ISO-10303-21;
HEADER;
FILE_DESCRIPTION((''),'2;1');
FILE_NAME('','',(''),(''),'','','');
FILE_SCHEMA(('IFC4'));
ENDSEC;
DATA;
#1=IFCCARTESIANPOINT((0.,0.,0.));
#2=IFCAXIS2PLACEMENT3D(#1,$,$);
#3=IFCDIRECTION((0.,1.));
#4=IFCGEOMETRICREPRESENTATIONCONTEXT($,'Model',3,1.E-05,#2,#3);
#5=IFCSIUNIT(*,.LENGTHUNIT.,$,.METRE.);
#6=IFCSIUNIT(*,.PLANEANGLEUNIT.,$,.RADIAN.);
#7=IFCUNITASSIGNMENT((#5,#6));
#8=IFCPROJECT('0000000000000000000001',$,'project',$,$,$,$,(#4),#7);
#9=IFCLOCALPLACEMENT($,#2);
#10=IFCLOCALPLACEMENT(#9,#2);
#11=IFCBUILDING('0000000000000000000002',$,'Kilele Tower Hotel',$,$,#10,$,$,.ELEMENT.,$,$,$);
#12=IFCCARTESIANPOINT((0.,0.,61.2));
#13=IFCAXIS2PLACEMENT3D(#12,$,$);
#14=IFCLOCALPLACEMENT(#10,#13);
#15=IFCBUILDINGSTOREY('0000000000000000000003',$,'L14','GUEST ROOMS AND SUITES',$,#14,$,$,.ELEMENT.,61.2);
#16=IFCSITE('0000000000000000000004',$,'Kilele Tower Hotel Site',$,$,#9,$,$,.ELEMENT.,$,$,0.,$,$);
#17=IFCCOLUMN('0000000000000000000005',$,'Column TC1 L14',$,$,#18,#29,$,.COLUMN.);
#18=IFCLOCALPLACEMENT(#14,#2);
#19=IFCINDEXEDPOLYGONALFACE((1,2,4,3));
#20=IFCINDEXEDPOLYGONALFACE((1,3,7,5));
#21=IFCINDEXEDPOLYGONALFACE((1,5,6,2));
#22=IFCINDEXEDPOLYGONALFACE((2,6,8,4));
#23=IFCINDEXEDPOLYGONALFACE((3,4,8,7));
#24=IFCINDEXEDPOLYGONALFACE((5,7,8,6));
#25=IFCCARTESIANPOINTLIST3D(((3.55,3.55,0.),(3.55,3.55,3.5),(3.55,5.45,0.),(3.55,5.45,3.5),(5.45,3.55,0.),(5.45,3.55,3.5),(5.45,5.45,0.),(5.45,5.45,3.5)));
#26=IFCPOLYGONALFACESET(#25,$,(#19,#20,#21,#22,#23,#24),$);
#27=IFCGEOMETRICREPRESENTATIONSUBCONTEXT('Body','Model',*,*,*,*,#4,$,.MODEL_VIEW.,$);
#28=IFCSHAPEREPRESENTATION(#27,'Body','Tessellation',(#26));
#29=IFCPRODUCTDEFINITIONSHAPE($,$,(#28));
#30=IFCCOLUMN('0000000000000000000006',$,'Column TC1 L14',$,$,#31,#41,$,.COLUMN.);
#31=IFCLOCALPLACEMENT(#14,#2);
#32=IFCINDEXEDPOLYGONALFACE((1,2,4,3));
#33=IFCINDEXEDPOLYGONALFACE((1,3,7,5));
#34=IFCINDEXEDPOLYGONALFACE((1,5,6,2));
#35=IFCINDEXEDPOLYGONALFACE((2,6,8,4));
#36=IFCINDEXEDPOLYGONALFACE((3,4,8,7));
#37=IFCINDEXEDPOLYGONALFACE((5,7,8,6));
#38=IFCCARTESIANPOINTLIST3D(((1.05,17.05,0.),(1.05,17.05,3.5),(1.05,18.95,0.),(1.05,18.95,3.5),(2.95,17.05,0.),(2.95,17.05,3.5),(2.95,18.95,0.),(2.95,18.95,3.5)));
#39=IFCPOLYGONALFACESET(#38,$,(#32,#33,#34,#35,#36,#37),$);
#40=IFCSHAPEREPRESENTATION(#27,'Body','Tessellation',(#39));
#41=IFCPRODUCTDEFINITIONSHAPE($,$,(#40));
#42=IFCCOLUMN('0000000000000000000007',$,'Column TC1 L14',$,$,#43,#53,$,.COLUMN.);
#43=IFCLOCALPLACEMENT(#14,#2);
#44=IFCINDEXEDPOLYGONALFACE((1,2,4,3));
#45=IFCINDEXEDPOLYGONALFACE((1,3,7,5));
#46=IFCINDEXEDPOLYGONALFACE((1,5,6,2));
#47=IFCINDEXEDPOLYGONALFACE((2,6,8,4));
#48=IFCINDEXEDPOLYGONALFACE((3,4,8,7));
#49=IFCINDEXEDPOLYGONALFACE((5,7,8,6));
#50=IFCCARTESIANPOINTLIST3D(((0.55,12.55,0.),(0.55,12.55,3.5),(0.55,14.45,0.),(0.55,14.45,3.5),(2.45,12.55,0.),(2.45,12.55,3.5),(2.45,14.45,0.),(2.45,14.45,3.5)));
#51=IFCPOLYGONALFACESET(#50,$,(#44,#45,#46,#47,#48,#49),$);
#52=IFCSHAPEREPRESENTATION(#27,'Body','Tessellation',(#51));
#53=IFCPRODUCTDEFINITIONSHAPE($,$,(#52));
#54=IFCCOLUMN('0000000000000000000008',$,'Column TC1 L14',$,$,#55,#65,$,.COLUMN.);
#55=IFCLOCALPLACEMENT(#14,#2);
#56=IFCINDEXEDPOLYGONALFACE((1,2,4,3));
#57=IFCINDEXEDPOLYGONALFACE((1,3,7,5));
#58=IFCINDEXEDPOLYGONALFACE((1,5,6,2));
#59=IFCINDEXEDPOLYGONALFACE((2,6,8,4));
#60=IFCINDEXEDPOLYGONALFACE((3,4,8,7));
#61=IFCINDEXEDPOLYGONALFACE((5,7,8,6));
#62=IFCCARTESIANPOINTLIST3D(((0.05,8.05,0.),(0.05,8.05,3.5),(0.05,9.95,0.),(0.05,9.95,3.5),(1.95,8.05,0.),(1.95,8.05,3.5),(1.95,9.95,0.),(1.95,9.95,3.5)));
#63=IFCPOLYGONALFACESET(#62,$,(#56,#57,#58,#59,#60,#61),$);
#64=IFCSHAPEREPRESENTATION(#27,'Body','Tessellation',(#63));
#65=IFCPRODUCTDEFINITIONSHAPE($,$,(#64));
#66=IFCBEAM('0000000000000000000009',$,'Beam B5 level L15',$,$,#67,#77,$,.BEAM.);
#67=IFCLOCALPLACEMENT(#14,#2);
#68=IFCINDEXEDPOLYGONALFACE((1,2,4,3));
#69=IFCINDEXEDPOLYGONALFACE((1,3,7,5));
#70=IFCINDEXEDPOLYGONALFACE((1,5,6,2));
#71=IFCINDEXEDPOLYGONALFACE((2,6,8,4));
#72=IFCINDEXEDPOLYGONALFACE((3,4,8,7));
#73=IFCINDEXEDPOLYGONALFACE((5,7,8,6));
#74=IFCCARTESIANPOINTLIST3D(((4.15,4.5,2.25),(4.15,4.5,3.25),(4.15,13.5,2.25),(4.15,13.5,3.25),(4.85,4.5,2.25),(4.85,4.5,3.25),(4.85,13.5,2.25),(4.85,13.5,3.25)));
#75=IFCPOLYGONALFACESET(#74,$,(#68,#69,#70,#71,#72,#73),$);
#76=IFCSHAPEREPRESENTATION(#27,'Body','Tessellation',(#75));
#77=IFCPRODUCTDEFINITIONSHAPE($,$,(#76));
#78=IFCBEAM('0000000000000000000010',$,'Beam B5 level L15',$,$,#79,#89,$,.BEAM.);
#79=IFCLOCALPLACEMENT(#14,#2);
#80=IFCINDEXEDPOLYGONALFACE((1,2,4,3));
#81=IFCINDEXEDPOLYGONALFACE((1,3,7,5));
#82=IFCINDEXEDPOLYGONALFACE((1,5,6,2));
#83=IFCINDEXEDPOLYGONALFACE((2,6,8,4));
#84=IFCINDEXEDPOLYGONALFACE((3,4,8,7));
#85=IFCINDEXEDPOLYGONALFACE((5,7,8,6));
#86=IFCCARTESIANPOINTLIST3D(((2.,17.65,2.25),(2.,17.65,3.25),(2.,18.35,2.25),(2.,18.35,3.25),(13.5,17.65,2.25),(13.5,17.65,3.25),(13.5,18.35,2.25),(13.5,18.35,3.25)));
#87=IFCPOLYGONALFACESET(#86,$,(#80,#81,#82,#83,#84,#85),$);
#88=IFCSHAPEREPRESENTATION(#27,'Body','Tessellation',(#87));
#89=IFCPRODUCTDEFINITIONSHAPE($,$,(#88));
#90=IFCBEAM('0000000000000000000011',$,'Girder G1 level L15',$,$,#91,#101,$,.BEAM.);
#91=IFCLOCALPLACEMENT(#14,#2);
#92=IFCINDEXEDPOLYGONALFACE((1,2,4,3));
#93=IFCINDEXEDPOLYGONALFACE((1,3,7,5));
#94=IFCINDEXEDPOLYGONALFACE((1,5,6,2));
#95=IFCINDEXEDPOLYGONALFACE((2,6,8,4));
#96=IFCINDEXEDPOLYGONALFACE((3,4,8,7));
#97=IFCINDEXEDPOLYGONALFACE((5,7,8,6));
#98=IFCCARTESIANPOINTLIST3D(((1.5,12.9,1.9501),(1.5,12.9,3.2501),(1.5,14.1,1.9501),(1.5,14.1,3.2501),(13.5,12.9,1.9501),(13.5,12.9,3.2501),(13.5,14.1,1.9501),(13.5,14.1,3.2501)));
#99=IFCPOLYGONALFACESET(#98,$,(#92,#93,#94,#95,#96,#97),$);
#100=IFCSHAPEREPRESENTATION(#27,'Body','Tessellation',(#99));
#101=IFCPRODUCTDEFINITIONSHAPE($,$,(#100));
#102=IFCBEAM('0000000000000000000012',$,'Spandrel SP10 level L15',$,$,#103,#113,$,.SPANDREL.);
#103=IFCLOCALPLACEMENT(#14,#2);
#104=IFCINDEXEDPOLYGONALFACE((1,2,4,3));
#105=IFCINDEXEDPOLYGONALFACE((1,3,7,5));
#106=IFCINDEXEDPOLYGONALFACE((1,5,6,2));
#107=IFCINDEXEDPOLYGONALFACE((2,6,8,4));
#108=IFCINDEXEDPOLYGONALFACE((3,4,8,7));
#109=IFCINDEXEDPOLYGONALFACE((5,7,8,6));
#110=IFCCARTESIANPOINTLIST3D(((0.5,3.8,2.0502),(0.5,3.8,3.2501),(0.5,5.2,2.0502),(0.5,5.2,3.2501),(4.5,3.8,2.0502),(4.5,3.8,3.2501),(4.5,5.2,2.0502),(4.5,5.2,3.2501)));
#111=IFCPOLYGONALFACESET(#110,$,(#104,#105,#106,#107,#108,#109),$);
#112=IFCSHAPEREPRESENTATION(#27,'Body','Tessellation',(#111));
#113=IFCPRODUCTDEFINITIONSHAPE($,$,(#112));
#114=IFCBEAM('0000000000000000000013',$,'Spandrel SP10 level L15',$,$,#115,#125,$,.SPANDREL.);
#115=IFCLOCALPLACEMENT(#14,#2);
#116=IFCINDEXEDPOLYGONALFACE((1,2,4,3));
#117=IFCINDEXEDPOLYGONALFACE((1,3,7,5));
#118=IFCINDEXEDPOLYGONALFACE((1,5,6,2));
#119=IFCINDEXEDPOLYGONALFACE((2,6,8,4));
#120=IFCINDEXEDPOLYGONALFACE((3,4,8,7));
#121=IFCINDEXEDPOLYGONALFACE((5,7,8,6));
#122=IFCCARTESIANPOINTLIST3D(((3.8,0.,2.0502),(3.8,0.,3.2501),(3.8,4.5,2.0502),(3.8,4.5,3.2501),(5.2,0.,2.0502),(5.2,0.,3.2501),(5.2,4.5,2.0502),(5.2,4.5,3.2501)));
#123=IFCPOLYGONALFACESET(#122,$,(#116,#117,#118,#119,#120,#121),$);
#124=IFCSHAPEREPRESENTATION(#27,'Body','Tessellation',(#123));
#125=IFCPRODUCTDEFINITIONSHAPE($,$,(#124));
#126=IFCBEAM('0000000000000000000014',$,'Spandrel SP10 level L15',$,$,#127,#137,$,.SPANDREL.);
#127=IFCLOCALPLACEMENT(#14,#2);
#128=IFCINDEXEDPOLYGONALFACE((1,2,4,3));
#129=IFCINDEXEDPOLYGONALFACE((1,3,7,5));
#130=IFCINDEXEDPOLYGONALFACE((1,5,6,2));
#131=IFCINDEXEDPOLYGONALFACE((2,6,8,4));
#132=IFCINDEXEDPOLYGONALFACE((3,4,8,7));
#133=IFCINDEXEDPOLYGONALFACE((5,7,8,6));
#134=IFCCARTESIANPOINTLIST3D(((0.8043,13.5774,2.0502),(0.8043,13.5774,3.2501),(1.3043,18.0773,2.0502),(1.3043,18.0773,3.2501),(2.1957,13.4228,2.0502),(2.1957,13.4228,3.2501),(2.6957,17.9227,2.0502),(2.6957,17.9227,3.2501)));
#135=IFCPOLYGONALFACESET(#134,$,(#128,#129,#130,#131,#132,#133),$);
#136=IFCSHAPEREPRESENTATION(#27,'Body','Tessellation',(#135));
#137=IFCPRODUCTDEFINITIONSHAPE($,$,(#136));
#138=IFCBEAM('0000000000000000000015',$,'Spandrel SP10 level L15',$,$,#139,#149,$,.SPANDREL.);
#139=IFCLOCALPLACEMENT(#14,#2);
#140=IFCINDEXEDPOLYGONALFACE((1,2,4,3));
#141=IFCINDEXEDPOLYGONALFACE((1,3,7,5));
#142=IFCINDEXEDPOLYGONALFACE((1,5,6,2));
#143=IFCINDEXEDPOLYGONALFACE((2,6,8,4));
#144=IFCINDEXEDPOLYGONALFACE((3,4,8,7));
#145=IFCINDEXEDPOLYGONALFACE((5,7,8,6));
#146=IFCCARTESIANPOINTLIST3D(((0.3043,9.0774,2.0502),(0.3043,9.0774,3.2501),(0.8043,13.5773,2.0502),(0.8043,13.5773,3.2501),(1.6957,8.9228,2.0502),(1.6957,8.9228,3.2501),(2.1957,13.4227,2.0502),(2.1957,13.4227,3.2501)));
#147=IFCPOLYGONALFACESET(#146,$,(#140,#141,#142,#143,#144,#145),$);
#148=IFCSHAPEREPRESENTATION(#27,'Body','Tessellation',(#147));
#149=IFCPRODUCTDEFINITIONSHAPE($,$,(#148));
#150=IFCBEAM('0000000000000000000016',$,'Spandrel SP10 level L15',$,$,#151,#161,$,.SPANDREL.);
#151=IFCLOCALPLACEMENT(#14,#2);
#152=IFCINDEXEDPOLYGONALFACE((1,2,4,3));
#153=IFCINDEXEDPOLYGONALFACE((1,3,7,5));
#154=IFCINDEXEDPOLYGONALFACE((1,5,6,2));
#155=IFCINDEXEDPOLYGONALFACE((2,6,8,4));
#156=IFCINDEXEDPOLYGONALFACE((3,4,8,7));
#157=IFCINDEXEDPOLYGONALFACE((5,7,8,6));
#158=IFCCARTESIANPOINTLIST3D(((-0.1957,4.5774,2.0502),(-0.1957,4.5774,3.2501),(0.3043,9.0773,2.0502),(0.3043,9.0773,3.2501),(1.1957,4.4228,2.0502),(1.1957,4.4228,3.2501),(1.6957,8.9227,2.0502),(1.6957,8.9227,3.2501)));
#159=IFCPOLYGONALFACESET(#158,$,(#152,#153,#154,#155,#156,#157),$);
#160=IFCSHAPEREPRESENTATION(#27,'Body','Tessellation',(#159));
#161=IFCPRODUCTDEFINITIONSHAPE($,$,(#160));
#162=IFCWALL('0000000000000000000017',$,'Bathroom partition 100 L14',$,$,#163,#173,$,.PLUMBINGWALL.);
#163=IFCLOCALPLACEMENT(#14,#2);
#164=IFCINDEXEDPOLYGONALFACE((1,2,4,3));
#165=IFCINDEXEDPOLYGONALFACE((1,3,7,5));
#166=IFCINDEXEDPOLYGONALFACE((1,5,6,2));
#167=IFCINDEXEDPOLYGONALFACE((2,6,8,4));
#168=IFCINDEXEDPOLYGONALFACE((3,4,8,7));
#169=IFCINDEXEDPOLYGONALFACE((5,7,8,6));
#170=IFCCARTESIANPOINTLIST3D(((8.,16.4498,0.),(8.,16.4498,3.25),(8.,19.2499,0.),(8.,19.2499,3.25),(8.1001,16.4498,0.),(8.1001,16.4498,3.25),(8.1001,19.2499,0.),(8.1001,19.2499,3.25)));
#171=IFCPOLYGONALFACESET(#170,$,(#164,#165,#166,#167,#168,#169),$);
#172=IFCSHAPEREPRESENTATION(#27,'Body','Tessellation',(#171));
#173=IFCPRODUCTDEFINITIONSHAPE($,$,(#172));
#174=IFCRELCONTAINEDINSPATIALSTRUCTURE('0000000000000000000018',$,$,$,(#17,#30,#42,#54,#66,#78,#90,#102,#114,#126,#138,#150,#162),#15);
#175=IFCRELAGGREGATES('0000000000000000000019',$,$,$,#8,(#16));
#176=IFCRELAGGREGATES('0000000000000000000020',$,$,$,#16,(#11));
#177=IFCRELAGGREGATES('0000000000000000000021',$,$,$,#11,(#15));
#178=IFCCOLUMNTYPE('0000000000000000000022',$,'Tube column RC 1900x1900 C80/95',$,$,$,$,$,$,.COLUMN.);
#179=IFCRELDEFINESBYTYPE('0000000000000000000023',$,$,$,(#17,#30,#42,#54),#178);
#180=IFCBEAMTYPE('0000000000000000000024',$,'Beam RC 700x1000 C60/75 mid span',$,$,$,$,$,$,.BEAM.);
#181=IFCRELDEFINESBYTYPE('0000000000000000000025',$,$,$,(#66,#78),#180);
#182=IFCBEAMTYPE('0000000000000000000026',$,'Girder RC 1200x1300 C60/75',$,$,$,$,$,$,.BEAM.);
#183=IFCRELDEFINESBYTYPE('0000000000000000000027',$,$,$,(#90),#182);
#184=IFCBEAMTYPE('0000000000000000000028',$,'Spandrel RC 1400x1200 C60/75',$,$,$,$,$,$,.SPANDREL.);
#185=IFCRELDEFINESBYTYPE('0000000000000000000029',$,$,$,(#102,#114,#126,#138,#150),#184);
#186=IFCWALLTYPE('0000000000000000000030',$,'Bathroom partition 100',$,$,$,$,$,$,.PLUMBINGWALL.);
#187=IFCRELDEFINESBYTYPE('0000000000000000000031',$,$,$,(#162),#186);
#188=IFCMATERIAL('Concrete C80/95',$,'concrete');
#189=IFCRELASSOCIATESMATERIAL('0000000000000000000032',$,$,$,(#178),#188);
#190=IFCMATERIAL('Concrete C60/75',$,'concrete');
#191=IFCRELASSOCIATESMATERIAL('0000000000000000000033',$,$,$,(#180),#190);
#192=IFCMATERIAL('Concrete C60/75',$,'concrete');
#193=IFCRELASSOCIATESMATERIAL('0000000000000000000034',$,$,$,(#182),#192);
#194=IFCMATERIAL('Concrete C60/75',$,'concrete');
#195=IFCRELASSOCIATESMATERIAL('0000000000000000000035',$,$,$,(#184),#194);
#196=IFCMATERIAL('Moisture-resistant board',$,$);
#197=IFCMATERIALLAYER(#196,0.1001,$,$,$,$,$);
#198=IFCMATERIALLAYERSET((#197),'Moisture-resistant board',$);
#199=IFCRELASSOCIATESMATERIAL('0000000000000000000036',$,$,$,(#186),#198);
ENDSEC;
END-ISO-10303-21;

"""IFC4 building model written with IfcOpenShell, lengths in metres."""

from ifc_helpers import new_model, si_unit, direction, frame, frame_2d, origin, origin_2d, place, context, subcontext, project, spatial, rectangle, extrude, material, layer, layer_set, material_profile, profile_set, type_object, element, save


model = new_model("IFC4")

# Units and contexts
model_context = context("Model", 3, precision=1e-05, world=origin(), true_north=direction((0.0, 1.0)))
body_context = subcontext(model_context, "Body", "Model", "MODEL_VIEW")
ifc_project = project(units=[si_unit("LENGTHUNIT", "METRE"), si_unit("PLANEANGLEUNIT", "RADIAN")], contexts=[model_context])

# Site, building, storey
site_placement = place(None, origin())
site = spatial("IfcSite", under=ifc_project, at=site_placement, Name="Kilele Tower Hotel Site", CompositionType="ELEMENT", RefElevation=0.0)
building_placement = place(site_placement, origin())
building = spatial("IfcBuilding", under=site, at=building_placement, Name="Kilele Tower Hotel", CompositionType="ELEMENT")
storey_placement = place(building_placement, frame((0.0, 0.0, 61.2)))
storey = spatial("IfcBuildingStorey", under=building, at=storey_placement, Name="L14", Description="GUEST ROOMS AND SUITES", CompositionType="ELEMENT", Elevation=61.2)

# Columns
ifc_material_1 = material(Name="Concrete C80/95", Category="concrete")
ifc_material_profile_1 = material_profile(ifc_material_1, rectangle(XDim=1.8999, YDim=1.8999, at=origin_2d()))
ifc_profile_set_1 = profile_set([ifc_material_profile_1], Name="Concrete C80/95")
column_type = type_object("IfcColumnType", Name="Tube column RC 1900x1900 C80/95", PredefinedType="COLUMN", material=ifc_profile_set_1)
for number, where, z_axis, x_axis, name in (
    (1, (4.5, 4.5, 0.0), (0.0, 0.0, 1.0), (1.0, 0.0, 0.0), "Column TC1 L14"),
    (2, (2.0, 18.0, 0.0), (0.0, 0.0, 1.0), (1.0, 0.0, 0.0), "Column TC1 L14"),
    (3, (1.5, 13.5, 0.0), (0.0, 0.0, 1.0), (1.0, 0.0, 0.0), "Column TC1 L14"),
    (4, (1.0, 9.0, 0.0), (0.0, 0.0, 1.0), (1.0, 0.0, 0.0), "Column TC1 L14"),
):
    element("IfcColumn", number, at=place(storey_placement, frame(where, z_axis=z_axis, x_axis=x_axis)), inside=storey, type_object=column_type, Name=name, PredefinedType="COLUMN", context=body_context, shape_type="SweptSolid", body=[
        extrude(rectangle(XDim=1.8999, YDim=1.8999, at=origin_2d()), origin(), (0.0, 0.0, 1.0), 3.5),
    ])

# Beams
ifc_material_2 = material(Name="Concrete C60/75", Category="concrete")
ifc_material_profile_2 = material_profile(ifc_material_2, rectangle(XDim=0.7, YDim=1.0, at=origin_2d()))
ifc_profile_set_2 = profile_set([ifc_material_profile_2], Name="Concrete C60/75")
beam_type_1 = type_object("IfcBeamType", Name="Beam RC 700x1000 C60/75 mid span", PredefinedType="BEAM", material=ifc_profile_set_2)
beam_1_placement = place(storey_placement, frame((4.5, 4.5, 2.75), z_axis=(0.0, 1.0, 0.0), x_axis=(-1.0, 0.0, 0.0)))
element("IfcBeam", 5, at=beam_1_placement, inside=storey, type_object=beam_type_1, Name="Beam B5 level L15", PredefinedType="BEAM", context=body_context, shape_type="SweptSolid", body=[
    extrude(rectangle(XDim=0.7, YDim=1.0, at=origin_2d()), origin(), (0.0, 0.0, 1.0), 9.0),
])
beam_2_placement = place(storey_placement, frame((2.0, 18.0, 2.75), z_axis=(1.0, 0.0, 0.0), x_axis=(0.0, 1.0, 0.0)))
element("IfcBeam", 6, at=beam_2_placement, inside=storey, type_object=beam_type_1, Name="Beam B5 level L15", PredefinedType="BEAM", context=body_context, shape_type="SweptSolid", body=[
    extrude(rectangle(XDim=0.7, YDim=1.0, at=origin_2d()), origin(), (0.0, 0.0, 1.0), 11.5),
])
ifc_material_3 = material(Name="Concrete C60/75", Category="concrete")
ifc_material_profile_3 = material_profile(ifc_material_3, rectangle(XDim=1.2, YDim=1.3, at=origin_2d()))
ifc_profile_set_3 = profile_set([ifc_material_profile_3], Name="Concrete C60/75")
beam_type_2 = type_object("IfcBeamType", Name="Girder RC 1200x1300 C60/75", PredefinedType="BEAM", material=ifc_profile_set_3)
beam_3_placement = place(storey_placement, frame((1.5, 13.5, 2.6001), z_axis=(1.0, 0.0, 0.0), x_axis=(0.0, 1.0, 0.0)))
element("IfcBeam", 7, at=beam_3_placement, inside=storey, type_object=beam_type_2, Name="Girder G1 level L15", PredefinedType="BEAM", context=body_context, shape_type="SweptSolid", body=[
    extrude(rectangle(XDim=1.2, YDim=1.3, at=origin_2d()), origin(), (0.0, 0.0, 1.0), 12.0),
])
ifc_material_4 = material(Name="Concrete C60/75", Category="concrete")
ifc_material_profile_4 = material_profile(ifc_material_4, rectangle(XDim=1.3999, YDim=1.2, at=origin_2d()))
ifc_profile_set_4 = profile_set([ifc_material_profile_4], Name="Concrete C60/75")
beam_type_3 = type_object("IfcBeamType", Name="Spandrel RC 1400x1200 C60/75", PredefinedType="SPANDREL", material=ifc_profile_set_4)
beam_4_placement = place(storey_placement, frame((0.5, 4.5, 2.6501), z_axis=(1.0, 0.0, 0.0), x_axis=(0.0, 1.0, 0.0)))
element("IfcBeam", 8, at=beam_4_placement, inside=storey, type_object=beam_type_3, Name="Spandrel SP10 level L15", PredefinedType="SPANDREL", context=body_context, shape_type="SweptSolid", body=[
    extrude(rectangle(XDim=1.3999, YDim=1.2, at=origin_2d()), origin(), (0.0, 0.0, 1.0), 4.0),
])
beam_5_placement = place(storey_placement, frame((4.5, 4.5, 2.6501), z_axis=(0.0, -1.0, 0.0), x_axis=(1.0, 0.0, 0.0)))
element("IfcBeam", 9, at=beam_5_placement, inside=storey, type_object=beam_type_3, Name="Spandrel SP10 level L15", PredefinedType="SPANDREL", context=body_context, shape_type="SweptSolid", body=[
    extrude(rectangle(XDim=1.3999, YDim=1.2, at=origin_2d()), origin(), (0.0, 0.0, 1.0), 4.5),
])
for number, where, z_axis, x_axis, name in (
    (10, (2.0, 18.0, 2.6501), (-0.110432, -0.993884, 0.0), (0.993884, -0.110432, 0.0), "Spandrel SP10 level L15"),
    (11, (1.5, 13.5, 2.6501), (-0.110432, -0.993884, 0.0), (0.993884, -0.110432, 0.0), "Spandrel SP10 level L15"),
    (12, (1.0, 9.0, 2.6501), (-0.110432, -0.993884, 0.0), (0.993884, -0.110432, 0.0), "Spandrel SP10 level L15"),
):
    element("IfcBeam", number, at=place(storey_placement, frame(where, z_axis=z_axis, x_axis=x_axis)), inside=storey, type_object=beam_type_3, Name=name, PredefinedType="SPANDREL", context=body_context, shape_type="SweptSolid", body=[
        extrude(rectangle(XDim=1.3999, YDim=1.2, at=origin_2d()), origin(), (0.0, 0.0, 1.0), 4.5276),
    ])

# Wall
ifc_material_5 = material(Name="Moisture-resistant board")
ifc_layer_1 = layer(ifc_material_5, 0.1001)
ifc_layer_set_1 = layer_set([ifc_layer_1], Name="Moisture-resistant board")
wall_type_1 = type_object("IfcWallType", Name="Bathroom partition 100", PredefinedType="PLUMBINGWALL", material=ifc_layer_set_1)
wall_1_placement = place(storey_placement, frame((8.05, 16.45, 0.0), z_axis=(0.0, 0.0, 1.0), x_axis=(0.0, 1.0, 0.0)))
element("IfcWall", 13, at=wall_1_placement, inside=storey, type_object=wall_type_1, Name="Bathroom partition 100 L14", PredefinedType="PLUMBINGWALL", context=body_context, shape_type="SweptSolid", body=[
    extrude(rectangle(XDim=2.8, YDim=0.1001, at=frame_2d((1.3999, 0.0))), origin(), (0.0, 0.0, 1.0), 3.25),
])

save(model, "model.ifc")
